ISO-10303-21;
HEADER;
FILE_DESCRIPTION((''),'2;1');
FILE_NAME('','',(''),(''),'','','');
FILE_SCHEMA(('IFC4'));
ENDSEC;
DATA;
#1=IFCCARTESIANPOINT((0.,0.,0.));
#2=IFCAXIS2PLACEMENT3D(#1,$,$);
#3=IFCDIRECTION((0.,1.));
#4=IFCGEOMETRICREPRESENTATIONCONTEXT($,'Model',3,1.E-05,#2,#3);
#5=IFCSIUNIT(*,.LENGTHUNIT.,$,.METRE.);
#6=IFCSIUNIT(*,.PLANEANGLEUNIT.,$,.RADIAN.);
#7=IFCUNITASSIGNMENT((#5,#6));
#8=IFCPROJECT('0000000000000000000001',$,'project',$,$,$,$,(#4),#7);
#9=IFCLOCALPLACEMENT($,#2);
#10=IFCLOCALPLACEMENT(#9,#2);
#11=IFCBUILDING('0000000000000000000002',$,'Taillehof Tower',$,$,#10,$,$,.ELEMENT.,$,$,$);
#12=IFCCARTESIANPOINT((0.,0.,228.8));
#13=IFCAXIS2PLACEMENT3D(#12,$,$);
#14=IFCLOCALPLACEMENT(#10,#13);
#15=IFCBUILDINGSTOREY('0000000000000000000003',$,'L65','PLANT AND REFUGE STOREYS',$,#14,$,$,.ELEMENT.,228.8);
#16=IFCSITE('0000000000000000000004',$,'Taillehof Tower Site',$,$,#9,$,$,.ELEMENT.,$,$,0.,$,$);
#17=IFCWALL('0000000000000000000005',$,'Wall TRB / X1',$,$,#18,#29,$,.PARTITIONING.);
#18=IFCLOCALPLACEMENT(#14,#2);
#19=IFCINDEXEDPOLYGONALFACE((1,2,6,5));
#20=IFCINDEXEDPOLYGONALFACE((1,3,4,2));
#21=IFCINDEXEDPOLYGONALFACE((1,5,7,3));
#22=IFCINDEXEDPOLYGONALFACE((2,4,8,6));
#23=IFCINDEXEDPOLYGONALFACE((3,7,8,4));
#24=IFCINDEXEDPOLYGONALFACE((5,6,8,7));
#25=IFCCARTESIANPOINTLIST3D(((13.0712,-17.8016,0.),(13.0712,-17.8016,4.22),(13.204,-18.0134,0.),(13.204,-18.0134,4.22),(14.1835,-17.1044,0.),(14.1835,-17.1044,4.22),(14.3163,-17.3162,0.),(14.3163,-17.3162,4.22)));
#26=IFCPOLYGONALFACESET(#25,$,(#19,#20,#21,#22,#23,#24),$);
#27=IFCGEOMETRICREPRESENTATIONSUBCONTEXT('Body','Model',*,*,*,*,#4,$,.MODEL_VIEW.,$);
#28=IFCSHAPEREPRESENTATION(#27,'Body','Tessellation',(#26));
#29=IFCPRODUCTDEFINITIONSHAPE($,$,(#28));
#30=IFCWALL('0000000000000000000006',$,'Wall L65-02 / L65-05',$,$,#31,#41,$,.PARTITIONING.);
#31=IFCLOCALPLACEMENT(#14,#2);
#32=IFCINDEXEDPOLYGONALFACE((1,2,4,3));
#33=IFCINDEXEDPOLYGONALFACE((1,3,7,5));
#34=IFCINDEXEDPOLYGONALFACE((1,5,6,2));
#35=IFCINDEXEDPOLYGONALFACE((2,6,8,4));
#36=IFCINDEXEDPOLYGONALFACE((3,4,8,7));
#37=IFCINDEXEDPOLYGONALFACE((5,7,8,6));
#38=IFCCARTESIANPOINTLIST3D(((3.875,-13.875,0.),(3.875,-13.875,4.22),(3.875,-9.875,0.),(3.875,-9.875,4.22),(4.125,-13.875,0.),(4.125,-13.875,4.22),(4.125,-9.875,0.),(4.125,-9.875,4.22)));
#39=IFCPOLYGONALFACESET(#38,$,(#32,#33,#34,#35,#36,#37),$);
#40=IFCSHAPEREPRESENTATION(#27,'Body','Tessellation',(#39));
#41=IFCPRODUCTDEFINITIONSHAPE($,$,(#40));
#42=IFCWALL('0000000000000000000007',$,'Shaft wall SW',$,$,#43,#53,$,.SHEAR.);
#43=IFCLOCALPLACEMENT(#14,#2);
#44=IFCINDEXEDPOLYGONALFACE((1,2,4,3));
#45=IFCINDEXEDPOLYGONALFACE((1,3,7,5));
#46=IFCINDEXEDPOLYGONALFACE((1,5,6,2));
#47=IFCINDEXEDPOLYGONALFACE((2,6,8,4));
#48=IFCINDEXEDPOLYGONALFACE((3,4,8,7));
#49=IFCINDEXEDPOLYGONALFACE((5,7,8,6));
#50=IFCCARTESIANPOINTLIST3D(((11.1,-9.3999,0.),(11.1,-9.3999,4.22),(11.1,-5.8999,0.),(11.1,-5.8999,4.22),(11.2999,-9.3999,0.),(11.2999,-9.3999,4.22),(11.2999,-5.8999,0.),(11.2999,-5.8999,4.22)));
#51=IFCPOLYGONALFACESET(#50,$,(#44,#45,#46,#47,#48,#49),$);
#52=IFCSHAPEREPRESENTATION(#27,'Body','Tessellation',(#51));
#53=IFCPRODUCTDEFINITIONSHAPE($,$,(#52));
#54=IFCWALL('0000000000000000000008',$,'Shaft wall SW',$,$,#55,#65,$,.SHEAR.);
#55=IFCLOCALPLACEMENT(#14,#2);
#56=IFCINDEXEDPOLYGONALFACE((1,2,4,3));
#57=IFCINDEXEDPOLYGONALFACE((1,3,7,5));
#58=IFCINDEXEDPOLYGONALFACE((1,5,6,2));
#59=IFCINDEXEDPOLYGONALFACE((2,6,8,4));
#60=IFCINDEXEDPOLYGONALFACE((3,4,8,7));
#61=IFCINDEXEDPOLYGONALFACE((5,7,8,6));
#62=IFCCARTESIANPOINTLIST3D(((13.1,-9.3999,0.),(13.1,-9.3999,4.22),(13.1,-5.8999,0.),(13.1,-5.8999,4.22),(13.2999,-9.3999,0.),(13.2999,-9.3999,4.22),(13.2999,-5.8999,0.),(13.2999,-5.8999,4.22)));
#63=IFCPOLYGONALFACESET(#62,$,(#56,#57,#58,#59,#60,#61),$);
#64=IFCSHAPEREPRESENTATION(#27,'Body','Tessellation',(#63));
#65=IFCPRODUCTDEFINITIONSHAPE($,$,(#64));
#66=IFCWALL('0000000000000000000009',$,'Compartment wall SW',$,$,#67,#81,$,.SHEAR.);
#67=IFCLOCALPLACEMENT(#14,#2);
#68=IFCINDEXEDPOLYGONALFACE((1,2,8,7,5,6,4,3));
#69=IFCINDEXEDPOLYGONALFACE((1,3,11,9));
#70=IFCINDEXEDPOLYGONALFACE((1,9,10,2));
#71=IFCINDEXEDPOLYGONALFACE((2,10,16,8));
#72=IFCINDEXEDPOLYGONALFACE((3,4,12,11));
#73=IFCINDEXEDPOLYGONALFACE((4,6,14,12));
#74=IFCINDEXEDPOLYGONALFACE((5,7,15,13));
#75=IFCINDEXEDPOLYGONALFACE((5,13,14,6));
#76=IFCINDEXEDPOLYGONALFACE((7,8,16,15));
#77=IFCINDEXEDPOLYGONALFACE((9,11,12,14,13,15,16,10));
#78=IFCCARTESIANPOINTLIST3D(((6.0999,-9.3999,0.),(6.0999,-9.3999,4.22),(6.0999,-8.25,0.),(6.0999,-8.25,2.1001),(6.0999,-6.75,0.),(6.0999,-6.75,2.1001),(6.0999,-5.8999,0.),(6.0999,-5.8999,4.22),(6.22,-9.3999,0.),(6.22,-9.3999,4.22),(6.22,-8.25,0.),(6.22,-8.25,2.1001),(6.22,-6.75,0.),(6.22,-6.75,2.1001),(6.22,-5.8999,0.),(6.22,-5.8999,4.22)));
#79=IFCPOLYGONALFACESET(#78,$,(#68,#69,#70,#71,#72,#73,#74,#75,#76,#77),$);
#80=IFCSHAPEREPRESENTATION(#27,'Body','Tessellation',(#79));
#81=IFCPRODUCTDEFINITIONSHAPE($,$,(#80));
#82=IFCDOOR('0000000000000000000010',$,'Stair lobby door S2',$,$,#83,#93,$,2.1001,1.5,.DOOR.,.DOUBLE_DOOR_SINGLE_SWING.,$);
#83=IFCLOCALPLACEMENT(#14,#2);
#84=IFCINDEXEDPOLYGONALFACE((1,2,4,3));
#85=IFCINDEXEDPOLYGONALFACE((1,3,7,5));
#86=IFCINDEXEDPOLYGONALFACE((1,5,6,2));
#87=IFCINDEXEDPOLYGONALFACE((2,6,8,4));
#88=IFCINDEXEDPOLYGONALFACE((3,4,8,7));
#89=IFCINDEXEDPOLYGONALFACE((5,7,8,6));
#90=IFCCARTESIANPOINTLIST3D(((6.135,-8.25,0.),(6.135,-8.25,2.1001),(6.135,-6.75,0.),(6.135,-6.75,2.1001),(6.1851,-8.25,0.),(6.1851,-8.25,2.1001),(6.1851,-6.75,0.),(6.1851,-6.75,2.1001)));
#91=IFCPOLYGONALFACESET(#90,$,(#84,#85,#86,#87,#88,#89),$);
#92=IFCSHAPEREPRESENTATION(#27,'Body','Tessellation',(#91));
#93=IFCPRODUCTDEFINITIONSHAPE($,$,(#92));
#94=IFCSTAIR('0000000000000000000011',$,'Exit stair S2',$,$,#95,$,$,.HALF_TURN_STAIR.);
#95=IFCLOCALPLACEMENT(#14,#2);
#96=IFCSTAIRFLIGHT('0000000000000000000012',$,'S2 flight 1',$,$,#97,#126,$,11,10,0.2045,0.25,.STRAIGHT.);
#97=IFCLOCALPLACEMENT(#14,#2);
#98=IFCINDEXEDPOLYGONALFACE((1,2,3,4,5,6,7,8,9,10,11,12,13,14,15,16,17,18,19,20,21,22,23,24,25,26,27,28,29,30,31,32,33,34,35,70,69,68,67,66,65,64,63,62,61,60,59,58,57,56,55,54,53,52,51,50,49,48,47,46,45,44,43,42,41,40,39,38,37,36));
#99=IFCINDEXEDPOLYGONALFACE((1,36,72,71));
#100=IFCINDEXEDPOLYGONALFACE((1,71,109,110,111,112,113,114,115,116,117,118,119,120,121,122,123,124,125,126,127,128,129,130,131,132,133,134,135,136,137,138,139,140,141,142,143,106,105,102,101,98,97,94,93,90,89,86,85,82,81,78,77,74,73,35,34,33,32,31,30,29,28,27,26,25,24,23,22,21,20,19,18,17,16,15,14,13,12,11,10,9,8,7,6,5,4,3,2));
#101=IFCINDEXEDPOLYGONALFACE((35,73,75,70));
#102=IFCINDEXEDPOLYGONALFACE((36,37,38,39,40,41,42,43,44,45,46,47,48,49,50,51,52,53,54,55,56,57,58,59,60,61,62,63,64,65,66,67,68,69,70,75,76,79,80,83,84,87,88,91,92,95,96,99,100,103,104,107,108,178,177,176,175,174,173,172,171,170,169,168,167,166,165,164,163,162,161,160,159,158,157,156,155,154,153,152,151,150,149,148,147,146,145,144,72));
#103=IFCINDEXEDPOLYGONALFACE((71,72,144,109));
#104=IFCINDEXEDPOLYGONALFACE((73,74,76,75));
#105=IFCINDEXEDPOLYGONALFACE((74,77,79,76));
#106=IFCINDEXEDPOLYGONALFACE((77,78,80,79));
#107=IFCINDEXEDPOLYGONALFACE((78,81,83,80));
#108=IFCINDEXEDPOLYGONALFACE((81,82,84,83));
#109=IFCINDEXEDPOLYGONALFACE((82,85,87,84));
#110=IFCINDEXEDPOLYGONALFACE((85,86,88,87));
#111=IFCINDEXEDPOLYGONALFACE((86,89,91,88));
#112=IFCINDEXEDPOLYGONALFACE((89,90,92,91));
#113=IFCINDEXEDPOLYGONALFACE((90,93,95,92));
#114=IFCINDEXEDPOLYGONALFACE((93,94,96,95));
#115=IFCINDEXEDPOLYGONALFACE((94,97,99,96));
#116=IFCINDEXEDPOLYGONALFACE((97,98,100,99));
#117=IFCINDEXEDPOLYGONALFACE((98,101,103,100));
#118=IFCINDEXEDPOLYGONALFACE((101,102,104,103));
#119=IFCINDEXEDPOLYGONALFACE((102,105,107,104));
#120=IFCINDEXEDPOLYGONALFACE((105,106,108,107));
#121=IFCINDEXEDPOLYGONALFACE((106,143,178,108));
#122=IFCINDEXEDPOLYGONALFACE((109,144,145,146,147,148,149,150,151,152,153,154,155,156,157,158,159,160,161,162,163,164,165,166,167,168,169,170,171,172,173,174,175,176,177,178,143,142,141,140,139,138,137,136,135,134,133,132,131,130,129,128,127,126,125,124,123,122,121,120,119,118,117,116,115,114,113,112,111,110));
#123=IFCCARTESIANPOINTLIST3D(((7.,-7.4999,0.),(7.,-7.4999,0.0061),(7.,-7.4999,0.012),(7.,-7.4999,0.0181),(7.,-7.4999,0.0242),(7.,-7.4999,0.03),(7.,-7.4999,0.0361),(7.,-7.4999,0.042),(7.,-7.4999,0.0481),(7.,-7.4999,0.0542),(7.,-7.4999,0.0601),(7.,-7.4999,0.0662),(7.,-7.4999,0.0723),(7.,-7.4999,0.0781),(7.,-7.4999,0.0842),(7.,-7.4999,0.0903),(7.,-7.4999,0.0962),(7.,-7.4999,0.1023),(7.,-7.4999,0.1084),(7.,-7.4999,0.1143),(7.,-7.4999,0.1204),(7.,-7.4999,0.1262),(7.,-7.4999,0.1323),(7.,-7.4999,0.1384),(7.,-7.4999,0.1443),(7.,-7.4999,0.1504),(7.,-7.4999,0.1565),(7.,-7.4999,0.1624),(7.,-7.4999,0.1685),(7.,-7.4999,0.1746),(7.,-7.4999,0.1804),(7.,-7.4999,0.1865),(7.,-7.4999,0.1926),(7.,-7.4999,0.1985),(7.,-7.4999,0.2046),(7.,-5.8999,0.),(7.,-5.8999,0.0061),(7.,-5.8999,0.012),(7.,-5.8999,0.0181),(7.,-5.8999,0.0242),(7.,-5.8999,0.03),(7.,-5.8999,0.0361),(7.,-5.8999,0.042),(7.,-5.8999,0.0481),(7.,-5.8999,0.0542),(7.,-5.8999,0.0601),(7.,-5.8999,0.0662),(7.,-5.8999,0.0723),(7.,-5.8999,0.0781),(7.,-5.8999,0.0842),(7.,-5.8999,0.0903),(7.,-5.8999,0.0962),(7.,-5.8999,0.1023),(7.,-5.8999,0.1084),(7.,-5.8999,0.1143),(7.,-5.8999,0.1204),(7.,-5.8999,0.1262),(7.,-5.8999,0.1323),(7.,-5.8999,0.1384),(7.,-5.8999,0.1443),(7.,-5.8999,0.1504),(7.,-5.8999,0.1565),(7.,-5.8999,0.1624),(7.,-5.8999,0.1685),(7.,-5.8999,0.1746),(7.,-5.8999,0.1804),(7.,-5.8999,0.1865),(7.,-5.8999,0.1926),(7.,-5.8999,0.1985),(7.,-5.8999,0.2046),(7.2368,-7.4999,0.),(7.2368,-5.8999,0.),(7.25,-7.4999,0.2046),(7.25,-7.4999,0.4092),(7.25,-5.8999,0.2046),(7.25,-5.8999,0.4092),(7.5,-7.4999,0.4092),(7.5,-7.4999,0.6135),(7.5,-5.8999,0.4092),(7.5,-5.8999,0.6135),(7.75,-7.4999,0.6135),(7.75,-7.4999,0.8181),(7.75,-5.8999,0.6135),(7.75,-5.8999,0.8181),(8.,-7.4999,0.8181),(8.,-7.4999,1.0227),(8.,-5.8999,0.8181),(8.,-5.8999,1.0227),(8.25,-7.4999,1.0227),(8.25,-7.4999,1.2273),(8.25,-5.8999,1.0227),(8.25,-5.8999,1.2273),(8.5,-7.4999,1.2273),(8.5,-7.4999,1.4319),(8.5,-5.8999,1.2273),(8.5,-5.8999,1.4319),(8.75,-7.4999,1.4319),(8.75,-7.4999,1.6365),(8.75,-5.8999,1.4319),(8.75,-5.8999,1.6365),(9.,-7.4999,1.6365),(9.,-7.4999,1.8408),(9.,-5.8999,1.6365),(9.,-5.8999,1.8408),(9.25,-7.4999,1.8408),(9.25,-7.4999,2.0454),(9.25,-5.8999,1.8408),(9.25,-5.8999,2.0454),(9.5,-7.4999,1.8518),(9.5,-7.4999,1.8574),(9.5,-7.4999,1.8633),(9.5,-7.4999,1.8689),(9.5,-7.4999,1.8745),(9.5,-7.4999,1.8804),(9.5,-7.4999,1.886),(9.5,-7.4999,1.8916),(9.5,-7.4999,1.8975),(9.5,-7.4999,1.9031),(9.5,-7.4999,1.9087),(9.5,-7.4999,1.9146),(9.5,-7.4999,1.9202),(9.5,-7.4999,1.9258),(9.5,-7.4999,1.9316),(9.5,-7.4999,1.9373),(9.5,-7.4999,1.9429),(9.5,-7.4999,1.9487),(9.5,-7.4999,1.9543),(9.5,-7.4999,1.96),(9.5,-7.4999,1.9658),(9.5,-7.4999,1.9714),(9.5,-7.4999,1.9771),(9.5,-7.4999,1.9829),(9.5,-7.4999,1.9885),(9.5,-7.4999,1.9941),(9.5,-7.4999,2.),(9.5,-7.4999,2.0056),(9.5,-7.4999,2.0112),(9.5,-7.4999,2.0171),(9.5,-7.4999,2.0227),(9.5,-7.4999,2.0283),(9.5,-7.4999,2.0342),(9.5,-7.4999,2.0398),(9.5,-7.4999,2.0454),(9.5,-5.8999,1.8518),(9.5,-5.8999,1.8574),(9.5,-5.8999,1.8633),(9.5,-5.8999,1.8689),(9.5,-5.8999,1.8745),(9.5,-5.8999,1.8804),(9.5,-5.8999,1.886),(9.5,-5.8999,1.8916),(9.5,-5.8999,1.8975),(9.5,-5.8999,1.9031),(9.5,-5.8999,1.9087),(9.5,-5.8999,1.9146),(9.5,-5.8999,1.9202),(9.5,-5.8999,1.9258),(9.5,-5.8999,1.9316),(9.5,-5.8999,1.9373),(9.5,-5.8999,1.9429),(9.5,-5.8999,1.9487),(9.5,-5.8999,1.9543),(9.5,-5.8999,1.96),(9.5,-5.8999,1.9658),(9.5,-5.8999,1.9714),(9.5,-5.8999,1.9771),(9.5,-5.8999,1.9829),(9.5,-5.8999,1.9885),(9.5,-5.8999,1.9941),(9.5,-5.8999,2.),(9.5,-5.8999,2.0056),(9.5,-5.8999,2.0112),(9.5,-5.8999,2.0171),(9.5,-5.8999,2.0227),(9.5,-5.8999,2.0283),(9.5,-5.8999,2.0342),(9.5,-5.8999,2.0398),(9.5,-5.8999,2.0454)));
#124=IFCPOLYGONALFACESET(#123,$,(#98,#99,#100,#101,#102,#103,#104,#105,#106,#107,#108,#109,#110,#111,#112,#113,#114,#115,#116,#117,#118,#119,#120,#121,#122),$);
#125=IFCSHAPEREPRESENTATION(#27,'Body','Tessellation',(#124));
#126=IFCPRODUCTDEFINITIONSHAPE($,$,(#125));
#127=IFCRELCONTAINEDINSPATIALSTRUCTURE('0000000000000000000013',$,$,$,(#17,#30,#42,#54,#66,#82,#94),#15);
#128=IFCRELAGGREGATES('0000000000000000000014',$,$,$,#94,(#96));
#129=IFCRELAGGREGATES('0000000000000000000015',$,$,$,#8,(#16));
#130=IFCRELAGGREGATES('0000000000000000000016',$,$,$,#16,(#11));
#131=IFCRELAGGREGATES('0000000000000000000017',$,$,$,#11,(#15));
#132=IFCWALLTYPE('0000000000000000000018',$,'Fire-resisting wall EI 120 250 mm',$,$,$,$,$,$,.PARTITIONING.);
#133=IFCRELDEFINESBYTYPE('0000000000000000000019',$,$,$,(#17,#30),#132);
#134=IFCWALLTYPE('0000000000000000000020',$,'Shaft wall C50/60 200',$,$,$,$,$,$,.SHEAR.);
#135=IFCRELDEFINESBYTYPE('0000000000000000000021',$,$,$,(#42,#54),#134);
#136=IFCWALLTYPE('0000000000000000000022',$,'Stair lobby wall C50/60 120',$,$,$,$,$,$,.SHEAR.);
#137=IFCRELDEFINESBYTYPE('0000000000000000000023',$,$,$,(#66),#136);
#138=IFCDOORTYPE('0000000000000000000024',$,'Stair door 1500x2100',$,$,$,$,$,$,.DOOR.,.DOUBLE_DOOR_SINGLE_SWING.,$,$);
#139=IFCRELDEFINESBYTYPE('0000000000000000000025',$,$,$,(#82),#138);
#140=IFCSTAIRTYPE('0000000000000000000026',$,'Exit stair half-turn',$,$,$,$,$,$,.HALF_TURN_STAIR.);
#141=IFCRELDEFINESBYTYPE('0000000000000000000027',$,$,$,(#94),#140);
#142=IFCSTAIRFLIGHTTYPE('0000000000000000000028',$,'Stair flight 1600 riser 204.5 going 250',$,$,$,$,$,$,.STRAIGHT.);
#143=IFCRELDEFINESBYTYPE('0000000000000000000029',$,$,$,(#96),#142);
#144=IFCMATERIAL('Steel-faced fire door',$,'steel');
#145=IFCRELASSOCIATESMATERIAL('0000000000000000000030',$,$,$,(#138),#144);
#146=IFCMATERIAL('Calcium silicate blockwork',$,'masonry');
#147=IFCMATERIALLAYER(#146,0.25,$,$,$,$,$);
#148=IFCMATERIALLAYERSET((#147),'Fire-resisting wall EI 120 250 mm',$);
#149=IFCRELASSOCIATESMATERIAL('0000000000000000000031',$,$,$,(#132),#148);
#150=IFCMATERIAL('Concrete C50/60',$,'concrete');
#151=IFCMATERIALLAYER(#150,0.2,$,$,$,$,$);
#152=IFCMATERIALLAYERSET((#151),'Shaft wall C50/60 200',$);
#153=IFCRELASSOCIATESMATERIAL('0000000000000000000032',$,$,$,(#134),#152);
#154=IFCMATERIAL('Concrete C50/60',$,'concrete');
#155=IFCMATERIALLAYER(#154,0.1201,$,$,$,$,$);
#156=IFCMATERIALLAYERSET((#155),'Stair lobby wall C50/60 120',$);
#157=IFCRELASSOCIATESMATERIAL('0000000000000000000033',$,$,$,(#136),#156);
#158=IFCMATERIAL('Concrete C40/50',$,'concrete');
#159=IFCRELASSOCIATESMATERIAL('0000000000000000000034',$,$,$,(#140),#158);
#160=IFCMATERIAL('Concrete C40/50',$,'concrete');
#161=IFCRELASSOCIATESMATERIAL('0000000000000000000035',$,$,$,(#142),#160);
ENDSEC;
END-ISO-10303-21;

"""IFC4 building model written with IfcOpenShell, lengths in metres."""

from ifc_helpers import new_model, si_unit, direction, frame, frame_2d, origin, place, context, subcontext, project, spatial, polyline, rectangle, outline, extrude, material, layer, layer_set, type_object, element, fill, aggregate, save


model = new_model("IFC4")

# Units and contexts
model_context = context("Model", 3, precision=1e-05, world=origin(), true_north=direction((0.0, 1.0)))
body_context = subcontext(model_context, "Body", "Model", "MODEL_VIEW")
ifc_project = project(units=[si_unit("LENGTHUNIT", "METRE"), si_unit("PLANEANGLEUNIT", "RADIAN")], contexts=[model_context])

# Site, building, storey
site_placement = place(None, origin())
site = spatial("IfcSite", under=ifc_project, at=site_placement, Name="Taillehof Tower Site", CompositionType="ELEMENT", RefElevation=0.0)
building_placement = place(site_placement, origin())
building = spatial("IfcBuilding", under=site, at=building_placement, Name="Taillehof Tower", CompositionType="ELEMENT")
storey_placement = place(building_placement, frame((0.0, 0.0, 228.8)))
storey = spatial("IfcBuildingStorey", under=building, at=storey_placement, Name="L65", Description="PLANT AND REFUGE STOREYS", CompositionType="ELEMENT", Elevation=228.8)

# Shared definitions
ifc_material_1 = material(Name="Steel-faced fire door", Category="steel")
door_type_1 = type_object("IfcDoorType", Name="Stair door 1500x2100", OperationType="DOUBLE_DOOR_SINGLE_SWING", PredefinedType="DOOR", material=ifc_material_1)

# Walls
ifc_material_2 = material(Name="Calcium silicate blockwork", Category="masonry")
ifc_layer_1 = layer(ifc_material_2, 0.25)
ifc_layer_set_1 = layer_set([ifc_layer_1], Name="Fire-resisting wall EI 120 250 mm")
wall_type_1 = type_object("IfcWallType", Name="Fire-resisting wall EI 120 250 mm", PredefinedType="PARTITIONING", material=ifc_layer_set_1)
wall_1_placement = place(storey_placement, frame((13.1377, -17.9075, 0.0), z_axis=(0.0, 0.0, 1.0), x_axis=(0.847287, 0.531135, 0.0)))
element("IfcWall", 1, at=wall_1_placement, inside=storey, type_object=wall_type_1, Name="Wall TRB / X1", PredefinedType="PARTITIONING", context=body_context, shape_type="SweptSolid", body=[
    extrude(rectangle(XDim=1.3127, YDim=0.25, at=frame_2d((0.6562, 0.0))), origin(), (0.0, 0.0, 1.0), 4.22),
])
wall_2_placement = place(storey_placement, frame((4.0, -13.875, 0.0), z_axis=(0.0, 0.0, 1.0), x_axis=(0.0, 1.0, 0.0)))
element("IfcWall", 2, at=wall_2_placement, inside=storey, type_object=wall_type_1, Name="Wall L65-02 / L65-05", PredefinedType="PARTITIONING", context=body_context, shape_type="SweptSolid", body=[
    extrude(rectangle(XDim=4.0, YDim=0.25, at=frame_2d((2.0, 0.0))), origin(), (0.0, 0.0, 1.0), 4.22),
])
ifc_material_3 = material(Name="Concrete C50/60", Category="concrete")
ifc_layer_2 = layer(ifc_material_3, 0.2)
ifc_layer_set_2 = layer_set([ifc_layer_2], Name="Shaft wall C50/60 200")
wall_type_2 = type_object("IfcWallType", Name="Shaft wall C50/60 200", PredefinedType="SHEAR", material=ifc_layer_set_2)
for number, where, z_axis, x_axis, name in (
    (3, (11.2, -9.3999, 0.0), (0.0, 0.0, 1.0), (0.0, 1.0, 0.0), "Shaft wall SW"),
    (4, (13.2, -9.3999, 0.0), (0.0, 0.0, 1.0), (0.0, 1.0, 0.0), "Shaft wall SW"),
):
    element("IfcWall", number, at=place(storey_placement, frame(where, z_axis=z_axis, x_axis=x_axis)), inside=storey, type_object=wall_type_2, Name=name, PredefinedType="SHEAR", context=body_context, shape_type="SweptSolid", body=[
        extrude(rectangle(XDim=3.5, YDim=0.2, at=frame_2d((1.75, 0.0))), origin(), (0.0, 0.0, 1.0), 4.22),
    ])

# Wall, opening, door
ifc_material_4 = material(Name="Concrete C50/60", Category="concrete")
ifc_layer_3 = layer(ifc_material_4, 0.1201)
ifc_layer_set_3 = layer_set([ifc_layer_3], Name="Stair lobby wall C50/60 120")
wall_type_3 = type_object("IfcWallType", Name="Stair lobby wall C50/60 120", PredefinedType="SHEAR", material=ifc_layer_set_3)
wall_3_placement = place(storey_placement, frame((6.1599, -9.3999, 0.0), z_axis=(0.0, 0.0, 1.0), x_axis=(0.0, 1.0, 0.0)))
wall_3 = element("IfcWall", 5, at=wall_3_placement, inside=storey, type_object=wall_type_3, Name="Compartment wall SW", PredefinedType="SHEAR", context=body_context, shape_type="SweptSolid", body=[
    extrude(rectangle(XDim=3.5, YDim=0.1201, at=frame_2d((1.75, 0.0))), origin(), (0.0, 0.0, 1.0), 4.22),
])
opening_1_placement = place(wall_3_placement, frame((1.1499, 0.0, 0.0)))
opening_1 = element("IfcOpeningElement", 6, at=opening_1_placement, cuts=wall_3, PredefinedType="OPENING", context=body_context, shape_type="SweptSolid", body=[
    extrude(rectangle(XDim=1.5, YDim=2.1001, at=frame_2d((0.75, 1.05))), frame((0.0, 0.0701, 0.0), z_axis=(0.0, -1.0, 0.0), x_axis=(1.0, 0.0, 0.0)), (0.0, 0.0, 1.0), 0.1401),
])
door_1_placement = place(opening_1_placement, origin())
door_1 = element("IfcDoor", 7, at=door_1_placement, inside=storey, type_object=door_type_1, Name="Stair lobby door S2", OperationType="DOUBLE_DOOR_SINGLE_SWING", OverallHeight=2.1001, OverallWidth=1.5, PredefinedType="DOOR", context=body_context, shape_type="SweptSolid", body=[
    extrude(rectangle(XDim=1.5, YDim=2.1001, at=frame_2d((0.75, 1.05))), frame((0.0, 0.0249, 0.0), z_axis=(0.0, -1.0, 0.0), x_axis=(1.0, 0.0, 0.0)), (0.0, 0.0, 1.0), 0.05),
])
fill(opening_1, door_1)

# Stair, stair flight
ifc_material_5 = material(Name="Concrete C40/50", Category="concrete")
stair_type = type_object("IfcStairType", Name="Exit stair half-turn", PredefinedType="HALF_TURN_STAIR", material=ifc_material_5)
stair_placement = place(storey_placement, origin())
stair = element("IfcStair", 8, at=stair_placement, inside=storey, type_object=stair_type, Name="Exit stair S2", PredefinedType="HALF_TURN_STAIR")
ifc_material_6 = material(Name="Concrete C40/50", Category="concrete")
stair_flight_type = type_object("IfcStairFlightType", Name="Stair flight 1600 riser 204.5 going 250", PredefinedType="STRAIGHT", material=ifc_material_6)
stair_flight_1_placement = place(storey_placement, frame((7.0, -6.7, 0.0), z_axis=(0.0, 0.0, 1.0), x_axis=(1.0, 0.0, 0.0)))
stair_flight_1 = element("IfcStairFlight", 9, at=stair_flight_1_placement, type_object=stair_flight_type, Name="S2 flight 1", NumberOfRisers=11, NumberOfTreads=10, PredefinedType="STRAIGHT", RiserHeight=0.2045, TreadLength=0.25, context=body_context, shape_type="SweptSolid", body=[
    extrude(outline(polyline([(0.0, 0.0), (0.0, 0.0061), (0.0, 0.012), (0.0, 0.0181), (0.0, 0.0242), (0.0, 0.03), (0.0, 0.0361), (0.0, 0.042), (0.0, 0.0481), (0.0, 0.0542), (0.0, 0.0601), (0.0, 0.0662), (0.0, 0.0723), (0.0, 0.0781), (0.0, 0.0842), (0.0, 0.0903), (0.0, 0.0962), (0.0, 0.1023), (0.0, 0.1084), (0.0, 0.1143), (0.0, 0.1204), (0.0, 0.1262), (0.0, 0.1323), (0.0, 0.1384), (0.0, 0.1443), (0.0, 0.1504), (0.0, 0.1565), (0.0, 0.1624), (0.0, 0.1685), (0.0, 0.1746), (0.0, 0.1804), (0.0, 0.1865), (0.0, 0.1926), (0.0, 0.1985), (0.0, 0.2046), (0.25, 0.2046), (0.25, 0.4092), (0.5, 0.4092), (0.5, 0.6135), (0.75, 0.6135), (0.75, 0.8181), (1.0, 0.8181), (1.0, 1.0227), (1.25, 1.0227), (1.25, 1.2273), (1.5, 1.2273), (1.5, 1.4319), (1.75, 1.4319), (1.75, 1.6365), (2.0, 1.6365), (2.0, 1.8408), (2.25, 1.8408), (2.25, 2.0454), (2.5, 2.0454), (2.5, 2.0398), (2.5, 2.0342), (2.5, 2.0283), (2.5, 2.0227), (2.5, 2.0171), (2.5, 2.0112), (2.5, 2.0056), (2.5, 2.0), (2.5, 1.9941), (2.5, 1.9885), (2.5, 1.9829), (2.5, 1.9771), (2.5, 1.9714), (2.5, 1.9658), (2.5, 1.96), (2.5, 1.9543), (2.5, 1.9487), (2.5, 1.9429), (2.5, 1.9373), (2.5, 1.9316), (2.5, 1.9258), (2.5, 1.9202), (2.5, 1.9146), (2.5, 1.9087), (2.5, 1.9031), (2.5, 1.8975), (2.5, 1.8916), (2.5, 1.886), (2.5, 1.8804), (2.5, 1.8745), (2.5, 1.8689), (2.5, 1.8633), (2.5, 1.8574), (2.5, 1.8518), (0.2368, 0.0), (0.0, 0.0)])), frame((0.0, 0.8, 0.0), z_axis=(0.0, -1.0, 0.0), x_axis=(1.0, 0.0, 0.0)), (0.0, 0.0, 1.0), 1.6),
])
aggregate(stair, [stair_flight_1])

save(model, "model.ifc")
